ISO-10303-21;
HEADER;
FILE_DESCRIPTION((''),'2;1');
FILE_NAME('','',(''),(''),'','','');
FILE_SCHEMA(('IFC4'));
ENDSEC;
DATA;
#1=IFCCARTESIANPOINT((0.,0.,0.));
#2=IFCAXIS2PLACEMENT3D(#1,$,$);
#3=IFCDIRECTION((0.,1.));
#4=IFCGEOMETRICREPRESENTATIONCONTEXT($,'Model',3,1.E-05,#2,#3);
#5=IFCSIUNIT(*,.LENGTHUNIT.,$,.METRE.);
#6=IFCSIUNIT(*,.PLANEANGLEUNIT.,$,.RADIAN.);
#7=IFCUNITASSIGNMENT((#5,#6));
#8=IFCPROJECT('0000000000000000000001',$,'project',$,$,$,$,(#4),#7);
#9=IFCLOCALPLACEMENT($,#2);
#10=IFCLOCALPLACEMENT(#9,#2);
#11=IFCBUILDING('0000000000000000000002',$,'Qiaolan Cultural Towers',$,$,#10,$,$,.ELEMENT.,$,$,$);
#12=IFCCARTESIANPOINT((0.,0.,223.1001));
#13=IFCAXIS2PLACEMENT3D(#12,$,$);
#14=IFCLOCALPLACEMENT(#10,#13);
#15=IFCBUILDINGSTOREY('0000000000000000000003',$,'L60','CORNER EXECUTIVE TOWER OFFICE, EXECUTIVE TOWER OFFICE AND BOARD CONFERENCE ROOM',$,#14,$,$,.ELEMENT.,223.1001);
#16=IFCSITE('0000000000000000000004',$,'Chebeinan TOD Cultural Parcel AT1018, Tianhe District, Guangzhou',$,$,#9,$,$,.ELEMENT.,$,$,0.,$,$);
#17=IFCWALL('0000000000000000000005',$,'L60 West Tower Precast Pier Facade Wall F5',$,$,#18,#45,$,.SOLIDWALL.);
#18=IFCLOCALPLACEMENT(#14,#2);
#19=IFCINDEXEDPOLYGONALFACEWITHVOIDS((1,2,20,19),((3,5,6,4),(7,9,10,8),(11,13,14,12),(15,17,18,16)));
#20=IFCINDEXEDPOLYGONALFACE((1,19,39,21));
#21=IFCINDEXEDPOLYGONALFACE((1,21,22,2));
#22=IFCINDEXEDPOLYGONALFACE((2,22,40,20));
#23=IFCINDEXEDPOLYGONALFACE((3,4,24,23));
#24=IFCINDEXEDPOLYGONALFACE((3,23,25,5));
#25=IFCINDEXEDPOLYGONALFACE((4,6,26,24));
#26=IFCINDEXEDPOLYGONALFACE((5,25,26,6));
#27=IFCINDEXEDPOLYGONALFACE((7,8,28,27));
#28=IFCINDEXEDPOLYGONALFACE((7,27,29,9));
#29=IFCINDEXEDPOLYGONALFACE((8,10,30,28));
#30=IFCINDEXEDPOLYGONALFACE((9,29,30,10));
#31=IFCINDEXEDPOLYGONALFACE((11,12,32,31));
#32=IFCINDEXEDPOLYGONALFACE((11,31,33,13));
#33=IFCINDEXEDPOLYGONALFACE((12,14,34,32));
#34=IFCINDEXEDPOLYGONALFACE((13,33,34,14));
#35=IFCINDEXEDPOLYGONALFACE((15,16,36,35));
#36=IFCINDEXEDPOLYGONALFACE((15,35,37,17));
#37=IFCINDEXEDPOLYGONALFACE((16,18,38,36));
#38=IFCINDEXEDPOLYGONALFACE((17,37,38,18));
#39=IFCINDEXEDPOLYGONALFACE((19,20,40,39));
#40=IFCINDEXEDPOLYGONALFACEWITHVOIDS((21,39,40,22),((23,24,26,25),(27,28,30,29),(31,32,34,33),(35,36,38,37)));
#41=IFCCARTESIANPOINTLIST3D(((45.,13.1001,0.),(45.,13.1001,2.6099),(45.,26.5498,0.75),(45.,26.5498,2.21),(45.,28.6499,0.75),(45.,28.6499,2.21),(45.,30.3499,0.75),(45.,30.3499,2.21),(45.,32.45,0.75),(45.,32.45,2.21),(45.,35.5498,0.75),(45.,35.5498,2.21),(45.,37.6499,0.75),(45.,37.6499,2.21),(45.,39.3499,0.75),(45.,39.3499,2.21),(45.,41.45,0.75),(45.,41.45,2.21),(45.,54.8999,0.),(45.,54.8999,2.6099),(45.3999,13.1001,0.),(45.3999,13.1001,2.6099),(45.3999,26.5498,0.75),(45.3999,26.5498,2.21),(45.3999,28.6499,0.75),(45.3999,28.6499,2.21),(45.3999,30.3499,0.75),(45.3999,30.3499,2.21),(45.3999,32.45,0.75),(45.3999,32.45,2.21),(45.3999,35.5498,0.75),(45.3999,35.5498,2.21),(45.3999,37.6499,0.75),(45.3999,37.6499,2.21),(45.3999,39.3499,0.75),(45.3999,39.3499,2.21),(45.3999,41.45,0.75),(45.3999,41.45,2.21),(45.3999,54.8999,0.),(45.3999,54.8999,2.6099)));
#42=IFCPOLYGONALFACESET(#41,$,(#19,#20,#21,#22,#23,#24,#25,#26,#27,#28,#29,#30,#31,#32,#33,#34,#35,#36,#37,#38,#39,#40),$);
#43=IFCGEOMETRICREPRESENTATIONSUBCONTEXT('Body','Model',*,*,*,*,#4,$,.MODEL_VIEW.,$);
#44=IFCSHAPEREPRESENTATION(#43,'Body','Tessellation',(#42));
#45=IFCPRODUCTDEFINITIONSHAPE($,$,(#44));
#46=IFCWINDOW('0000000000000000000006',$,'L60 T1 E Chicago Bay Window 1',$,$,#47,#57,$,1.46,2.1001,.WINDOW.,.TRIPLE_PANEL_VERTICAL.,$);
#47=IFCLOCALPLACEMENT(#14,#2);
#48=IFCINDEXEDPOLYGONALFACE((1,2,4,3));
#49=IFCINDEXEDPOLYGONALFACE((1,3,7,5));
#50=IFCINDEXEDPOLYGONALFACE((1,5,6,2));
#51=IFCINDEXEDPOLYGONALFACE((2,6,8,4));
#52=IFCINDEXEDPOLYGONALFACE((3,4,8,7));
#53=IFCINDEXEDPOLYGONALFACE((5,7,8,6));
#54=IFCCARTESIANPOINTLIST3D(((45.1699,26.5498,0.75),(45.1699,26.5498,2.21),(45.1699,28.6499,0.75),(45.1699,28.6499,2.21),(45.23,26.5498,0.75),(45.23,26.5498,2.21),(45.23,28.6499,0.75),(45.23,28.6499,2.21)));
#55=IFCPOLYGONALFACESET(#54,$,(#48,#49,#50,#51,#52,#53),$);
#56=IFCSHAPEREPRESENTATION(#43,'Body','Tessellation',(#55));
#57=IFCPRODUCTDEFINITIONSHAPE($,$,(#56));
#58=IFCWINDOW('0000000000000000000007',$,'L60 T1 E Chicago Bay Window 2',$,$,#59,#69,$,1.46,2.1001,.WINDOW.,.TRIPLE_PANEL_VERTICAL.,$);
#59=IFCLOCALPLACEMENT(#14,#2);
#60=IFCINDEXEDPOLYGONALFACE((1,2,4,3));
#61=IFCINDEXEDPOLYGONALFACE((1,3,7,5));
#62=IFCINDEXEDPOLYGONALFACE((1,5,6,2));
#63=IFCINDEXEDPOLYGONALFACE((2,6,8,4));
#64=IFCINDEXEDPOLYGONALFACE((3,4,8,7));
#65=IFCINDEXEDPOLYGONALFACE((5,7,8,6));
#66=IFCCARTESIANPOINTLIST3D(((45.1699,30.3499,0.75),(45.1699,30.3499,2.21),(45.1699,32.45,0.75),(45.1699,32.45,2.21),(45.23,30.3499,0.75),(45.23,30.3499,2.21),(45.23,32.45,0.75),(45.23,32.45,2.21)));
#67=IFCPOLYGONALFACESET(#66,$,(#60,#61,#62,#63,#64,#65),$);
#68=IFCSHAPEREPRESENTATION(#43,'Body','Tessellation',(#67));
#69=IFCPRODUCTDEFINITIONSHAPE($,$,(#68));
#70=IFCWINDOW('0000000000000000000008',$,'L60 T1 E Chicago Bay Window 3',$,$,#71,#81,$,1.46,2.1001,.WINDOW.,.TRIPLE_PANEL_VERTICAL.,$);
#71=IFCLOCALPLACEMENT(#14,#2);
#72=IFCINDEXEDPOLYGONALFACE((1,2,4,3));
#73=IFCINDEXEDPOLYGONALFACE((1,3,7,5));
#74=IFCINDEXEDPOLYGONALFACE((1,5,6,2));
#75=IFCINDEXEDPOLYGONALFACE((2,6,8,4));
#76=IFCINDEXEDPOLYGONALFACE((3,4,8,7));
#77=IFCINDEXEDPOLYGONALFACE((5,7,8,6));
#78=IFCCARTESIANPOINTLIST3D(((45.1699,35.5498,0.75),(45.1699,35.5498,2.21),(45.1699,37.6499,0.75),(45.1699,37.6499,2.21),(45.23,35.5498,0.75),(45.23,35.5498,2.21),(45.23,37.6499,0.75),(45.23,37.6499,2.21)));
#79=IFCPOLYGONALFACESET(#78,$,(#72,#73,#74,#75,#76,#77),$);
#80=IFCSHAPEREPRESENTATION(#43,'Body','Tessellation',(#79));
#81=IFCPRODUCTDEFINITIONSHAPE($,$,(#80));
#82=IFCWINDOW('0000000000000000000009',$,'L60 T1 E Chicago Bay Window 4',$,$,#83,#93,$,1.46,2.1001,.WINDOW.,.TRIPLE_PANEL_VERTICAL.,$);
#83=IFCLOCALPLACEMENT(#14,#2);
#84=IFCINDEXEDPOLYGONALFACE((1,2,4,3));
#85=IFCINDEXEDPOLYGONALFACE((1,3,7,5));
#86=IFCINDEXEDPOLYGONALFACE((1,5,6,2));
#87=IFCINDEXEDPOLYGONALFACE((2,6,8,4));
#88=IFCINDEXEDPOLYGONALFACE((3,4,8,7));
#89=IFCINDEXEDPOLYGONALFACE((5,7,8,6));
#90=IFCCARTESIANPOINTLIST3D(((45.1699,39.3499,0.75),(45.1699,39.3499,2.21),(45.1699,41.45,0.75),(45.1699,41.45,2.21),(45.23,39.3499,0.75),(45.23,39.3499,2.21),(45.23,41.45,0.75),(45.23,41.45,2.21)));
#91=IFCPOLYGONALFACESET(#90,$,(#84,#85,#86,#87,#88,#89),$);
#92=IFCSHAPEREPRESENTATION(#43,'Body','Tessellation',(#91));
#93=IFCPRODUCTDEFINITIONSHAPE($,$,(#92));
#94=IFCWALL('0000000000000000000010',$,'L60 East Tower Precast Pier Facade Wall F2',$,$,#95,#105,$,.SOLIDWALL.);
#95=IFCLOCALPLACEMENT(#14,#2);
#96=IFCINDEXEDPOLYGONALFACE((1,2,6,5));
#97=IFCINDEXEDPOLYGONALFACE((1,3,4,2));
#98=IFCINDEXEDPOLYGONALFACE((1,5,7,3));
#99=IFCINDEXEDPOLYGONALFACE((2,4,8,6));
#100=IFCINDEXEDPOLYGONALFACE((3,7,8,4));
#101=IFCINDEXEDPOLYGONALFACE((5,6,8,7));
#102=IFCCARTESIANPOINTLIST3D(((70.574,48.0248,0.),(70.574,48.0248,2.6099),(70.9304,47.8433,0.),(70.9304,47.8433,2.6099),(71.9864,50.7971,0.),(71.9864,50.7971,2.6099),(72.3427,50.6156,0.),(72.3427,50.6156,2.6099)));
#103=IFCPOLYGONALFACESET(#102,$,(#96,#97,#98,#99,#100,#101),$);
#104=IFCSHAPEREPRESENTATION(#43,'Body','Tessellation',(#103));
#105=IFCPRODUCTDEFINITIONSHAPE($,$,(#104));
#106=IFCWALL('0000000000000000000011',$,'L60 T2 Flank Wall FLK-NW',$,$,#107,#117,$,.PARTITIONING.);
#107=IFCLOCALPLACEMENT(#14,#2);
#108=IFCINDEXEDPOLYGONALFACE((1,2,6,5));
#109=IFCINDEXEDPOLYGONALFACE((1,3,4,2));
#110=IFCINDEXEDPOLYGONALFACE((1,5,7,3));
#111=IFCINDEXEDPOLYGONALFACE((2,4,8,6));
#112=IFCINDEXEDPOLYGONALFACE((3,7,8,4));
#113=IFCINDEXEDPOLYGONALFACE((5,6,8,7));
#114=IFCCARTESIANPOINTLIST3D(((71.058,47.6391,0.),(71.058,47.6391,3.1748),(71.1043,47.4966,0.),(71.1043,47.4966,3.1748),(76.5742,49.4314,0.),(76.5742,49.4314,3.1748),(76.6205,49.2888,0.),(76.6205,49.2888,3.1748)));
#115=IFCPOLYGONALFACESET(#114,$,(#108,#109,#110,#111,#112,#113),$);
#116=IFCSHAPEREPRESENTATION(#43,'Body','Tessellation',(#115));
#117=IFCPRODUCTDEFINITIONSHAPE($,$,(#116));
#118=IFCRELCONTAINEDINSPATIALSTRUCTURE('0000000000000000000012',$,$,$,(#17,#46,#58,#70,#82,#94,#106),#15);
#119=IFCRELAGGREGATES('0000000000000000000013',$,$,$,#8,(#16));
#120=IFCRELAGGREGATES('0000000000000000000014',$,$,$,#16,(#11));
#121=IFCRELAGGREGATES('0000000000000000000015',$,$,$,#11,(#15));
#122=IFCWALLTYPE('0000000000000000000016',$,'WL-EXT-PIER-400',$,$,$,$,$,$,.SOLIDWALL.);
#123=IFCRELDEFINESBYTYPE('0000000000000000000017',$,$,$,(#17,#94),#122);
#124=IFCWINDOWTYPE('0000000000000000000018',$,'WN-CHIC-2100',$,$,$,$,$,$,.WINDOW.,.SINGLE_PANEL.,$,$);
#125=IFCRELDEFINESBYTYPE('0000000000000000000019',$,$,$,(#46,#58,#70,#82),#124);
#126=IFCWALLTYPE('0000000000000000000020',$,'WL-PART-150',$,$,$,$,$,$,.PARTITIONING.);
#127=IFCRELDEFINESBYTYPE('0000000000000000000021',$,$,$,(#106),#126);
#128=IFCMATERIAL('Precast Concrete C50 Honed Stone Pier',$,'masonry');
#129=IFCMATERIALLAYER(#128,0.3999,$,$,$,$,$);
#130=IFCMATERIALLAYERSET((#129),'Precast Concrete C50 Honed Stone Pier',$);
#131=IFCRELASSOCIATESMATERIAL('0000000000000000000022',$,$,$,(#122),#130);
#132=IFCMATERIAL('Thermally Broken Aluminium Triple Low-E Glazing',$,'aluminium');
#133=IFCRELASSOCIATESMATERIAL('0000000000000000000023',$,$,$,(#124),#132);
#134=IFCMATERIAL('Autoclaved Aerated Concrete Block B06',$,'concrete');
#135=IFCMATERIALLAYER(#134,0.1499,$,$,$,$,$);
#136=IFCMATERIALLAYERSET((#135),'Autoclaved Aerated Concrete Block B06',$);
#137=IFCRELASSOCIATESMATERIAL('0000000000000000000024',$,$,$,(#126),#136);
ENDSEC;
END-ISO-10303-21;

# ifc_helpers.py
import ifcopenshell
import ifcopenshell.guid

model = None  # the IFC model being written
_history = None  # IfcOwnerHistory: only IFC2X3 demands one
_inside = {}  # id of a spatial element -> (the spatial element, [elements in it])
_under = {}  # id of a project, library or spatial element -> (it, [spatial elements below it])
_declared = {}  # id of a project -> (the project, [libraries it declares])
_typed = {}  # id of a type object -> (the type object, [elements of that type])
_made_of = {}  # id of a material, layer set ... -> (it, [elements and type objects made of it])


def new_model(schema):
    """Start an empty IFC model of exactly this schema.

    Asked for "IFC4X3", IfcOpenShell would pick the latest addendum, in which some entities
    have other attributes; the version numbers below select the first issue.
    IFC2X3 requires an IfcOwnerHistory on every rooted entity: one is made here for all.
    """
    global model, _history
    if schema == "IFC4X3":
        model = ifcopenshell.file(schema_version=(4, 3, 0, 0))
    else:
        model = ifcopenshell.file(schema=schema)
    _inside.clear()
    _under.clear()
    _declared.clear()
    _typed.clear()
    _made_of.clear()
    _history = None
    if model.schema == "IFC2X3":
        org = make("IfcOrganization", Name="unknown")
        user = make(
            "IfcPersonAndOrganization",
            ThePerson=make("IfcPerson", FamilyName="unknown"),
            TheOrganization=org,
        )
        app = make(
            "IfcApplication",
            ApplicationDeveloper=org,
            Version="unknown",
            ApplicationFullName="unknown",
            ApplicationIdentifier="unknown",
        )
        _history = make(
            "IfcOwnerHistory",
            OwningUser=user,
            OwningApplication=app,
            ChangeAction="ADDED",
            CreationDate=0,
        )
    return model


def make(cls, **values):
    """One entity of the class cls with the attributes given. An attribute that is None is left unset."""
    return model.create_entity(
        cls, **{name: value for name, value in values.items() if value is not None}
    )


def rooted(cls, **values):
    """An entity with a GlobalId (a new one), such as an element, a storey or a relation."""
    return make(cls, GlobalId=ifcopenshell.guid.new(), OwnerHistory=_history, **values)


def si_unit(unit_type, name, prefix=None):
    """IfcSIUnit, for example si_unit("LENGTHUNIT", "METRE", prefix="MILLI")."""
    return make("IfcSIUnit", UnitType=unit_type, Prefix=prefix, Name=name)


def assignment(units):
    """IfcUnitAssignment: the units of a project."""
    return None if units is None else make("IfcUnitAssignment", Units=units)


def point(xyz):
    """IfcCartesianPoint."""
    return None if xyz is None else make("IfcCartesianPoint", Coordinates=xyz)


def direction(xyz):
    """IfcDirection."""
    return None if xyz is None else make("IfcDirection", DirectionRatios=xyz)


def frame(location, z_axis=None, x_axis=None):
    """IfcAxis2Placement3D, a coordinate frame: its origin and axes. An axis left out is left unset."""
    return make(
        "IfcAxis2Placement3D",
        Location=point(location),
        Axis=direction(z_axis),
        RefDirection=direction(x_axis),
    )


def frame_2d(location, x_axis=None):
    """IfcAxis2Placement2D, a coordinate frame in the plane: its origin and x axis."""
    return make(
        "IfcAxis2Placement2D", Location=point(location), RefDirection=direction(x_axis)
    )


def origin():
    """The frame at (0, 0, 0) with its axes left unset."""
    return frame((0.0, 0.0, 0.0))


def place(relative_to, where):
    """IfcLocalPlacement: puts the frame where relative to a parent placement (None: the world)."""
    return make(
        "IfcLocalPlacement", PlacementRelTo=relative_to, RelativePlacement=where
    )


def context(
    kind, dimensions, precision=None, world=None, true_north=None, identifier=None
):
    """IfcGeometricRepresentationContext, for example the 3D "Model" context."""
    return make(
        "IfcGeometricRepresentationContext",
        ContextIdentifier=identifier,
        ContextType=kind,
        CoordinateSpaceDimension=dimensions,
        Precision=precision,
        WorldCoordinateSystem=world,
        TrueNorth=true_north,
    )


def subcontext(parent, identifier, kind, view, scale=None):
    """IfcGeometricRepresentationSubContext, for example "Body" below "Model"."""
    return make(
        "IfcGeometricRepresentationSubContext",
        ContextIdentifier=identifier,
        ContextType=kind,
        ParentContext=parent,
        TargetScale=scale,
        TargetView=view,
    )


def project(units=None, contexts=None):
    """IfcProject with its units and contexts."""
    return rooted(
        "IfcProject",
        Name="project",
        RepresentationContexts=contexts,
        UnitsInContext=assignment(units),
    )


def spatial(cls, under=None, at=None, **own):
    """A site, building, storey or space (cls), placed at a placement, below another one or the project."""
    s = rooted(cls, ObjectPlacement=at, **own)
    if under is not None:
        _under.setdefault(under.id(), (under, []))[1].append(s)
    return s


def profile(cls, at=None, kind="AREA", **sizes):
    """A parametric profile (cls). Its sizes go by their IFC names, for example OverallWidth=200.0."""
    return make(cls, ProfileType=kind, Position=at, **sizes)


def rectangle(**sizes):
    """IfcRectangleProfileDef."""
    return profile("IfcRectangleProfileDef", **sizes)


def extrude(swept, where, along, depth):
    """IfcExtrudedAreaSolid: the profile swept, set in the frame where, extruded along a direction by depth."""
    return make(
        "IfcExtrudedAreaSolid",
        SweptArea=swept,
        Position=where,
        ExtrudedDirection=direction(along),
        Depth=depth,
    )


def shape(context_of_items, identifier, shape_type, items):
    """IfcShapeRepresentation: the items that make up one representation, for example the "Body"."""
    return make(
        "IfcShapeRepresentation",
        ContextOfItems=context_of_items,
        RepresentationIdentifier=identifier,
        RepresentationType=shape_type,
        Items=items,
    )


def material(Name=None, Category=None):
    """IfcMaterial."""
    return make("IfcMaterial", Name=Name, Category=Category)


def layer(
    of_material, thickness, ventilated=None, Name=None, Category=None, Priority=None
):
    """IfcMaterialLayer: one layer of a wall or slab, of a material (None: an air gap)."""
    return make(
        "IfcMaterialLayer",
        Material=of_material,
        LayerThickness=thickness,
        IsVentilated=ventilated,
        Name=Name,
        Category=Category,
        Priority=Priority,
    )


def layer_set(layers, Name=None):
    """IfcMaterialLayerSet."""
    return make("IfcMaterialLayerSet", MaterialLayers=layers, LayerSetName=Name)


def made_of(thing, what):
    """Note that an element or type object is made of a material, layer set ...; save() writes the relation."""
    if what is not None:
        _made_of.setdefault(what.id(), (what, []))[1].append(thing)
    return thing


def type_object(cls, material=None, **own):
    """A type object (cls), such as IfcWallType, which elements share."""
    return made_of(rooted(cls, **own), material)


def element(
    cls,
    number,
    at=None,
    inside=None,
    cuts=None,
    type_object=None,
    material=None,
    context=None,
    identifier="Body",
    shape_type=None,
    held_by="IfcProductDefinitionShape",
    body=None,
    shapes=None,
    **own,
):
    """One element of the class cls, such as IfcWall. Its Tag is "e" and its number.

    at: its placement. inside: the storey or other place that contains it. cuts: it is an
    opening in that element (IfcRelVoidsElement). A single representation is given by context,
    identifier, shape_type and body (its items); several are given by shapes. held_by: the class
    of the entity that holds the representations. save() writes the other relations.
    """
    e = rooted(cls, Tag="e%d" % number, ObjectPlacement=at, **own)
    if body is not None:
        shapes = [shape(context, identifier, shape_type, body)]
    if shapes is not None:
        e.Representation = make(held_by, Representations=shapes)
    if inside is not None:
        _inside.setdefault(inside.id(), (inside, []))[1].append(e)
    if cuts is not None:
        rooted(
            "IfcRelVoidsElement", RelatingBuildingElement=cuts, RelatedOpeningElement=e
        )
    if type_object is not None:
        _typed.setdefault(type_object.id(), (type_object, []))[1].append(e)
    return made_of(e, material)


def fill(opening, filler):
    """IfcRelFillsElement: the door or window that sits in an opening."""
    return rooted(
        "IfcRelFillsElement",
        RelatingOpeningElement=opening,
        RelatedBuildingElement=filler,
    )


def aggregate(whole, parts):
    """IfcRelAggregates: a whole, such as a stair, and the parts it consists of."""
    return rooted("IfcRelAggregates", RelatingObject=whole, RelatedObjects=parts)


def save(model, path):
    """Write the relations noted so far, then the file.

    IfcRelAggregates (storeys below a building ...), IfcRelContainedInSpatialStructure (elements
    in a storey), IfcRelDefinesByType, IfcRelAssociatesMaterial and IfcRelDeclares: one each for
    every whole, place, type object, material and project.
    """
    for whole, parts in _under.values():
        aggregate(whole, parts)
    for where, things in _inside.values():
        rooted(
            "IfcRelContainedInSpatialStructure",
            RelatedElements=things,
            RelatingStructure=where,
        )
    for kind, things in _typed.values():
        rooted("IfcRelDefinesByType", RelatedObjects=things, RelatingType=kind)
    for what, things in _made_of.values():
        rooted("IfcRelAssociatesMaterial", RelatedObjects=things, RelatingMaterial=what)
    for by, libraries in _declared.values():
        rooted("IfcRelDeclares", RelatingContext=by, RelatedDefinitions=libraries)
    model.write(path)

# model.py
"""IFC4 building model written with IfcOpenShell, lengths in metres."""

from ifc_helpers import new_model, si_unit, direction, frame, frame_2d, origin, place, context, subcontext, project, spatial, rectangle, extrude, material, layer, layer_set, type_object, element, fill, save


model = new_model("IFC4")

# Units and contexts
model_context = context("Model", 3, precision=1e-05, world=origin(), true_north=direction((0.0, 1.0)))
body_context = subcontext(model_context, "Body", "Model", "MODEL_VIEW")
ifc_project = project(units=[si_unit("LENGTHUNIT", "METRE"), si_unit("PLANEANGLEUNIT", "RADIAN")], contexts=[model_context])

# Site, building, storey
site_placement = place(None, origin())
site = spatial("IfcSite", under=ifc_project, at=site_placement, Name="Chebeinan TOD Cultural Parcel AT1018, Tianhe District, Guangzhou", CompositionType="ELEMENT", RefElevation=0.0)
building_placement = place(site_placement, origin())
building = spatial("IfcBuilding", under=site, at=building_placement, Name="Qiaolan Cultural Towers", CompositionType="ELEMENT")
storey_placement = place(building_placement, frame((0.0, 0.0, 223.1001)))
storey = spatial("IfcBuildingStorey", under=building, at=storey_placement, Name="L60", Description="CORNER EXECUTIVE TOWER OFFICE, EXECUTIVE TOWER OFFICE AND BOARD CONFERENCE ROOM", CompositionType="ELEMENT", Elevation=223.1001)

# Wall, openings, windows
ifc_material_1 = material(Name="Precast Concrete C50 Honed Stone Pier", Category="masonry")
ifc_layer_1 = layer(ifc_material_1, 0.3999)
ifc_layer_set_1 = layer_set([ifc_layer_1], Name="Precast Concrete C50 Honed Stone Pier")
wall_type_1 = type_object("IfcWallType", Name="WL-EXT-PIER-400", PredefinedType="SOLIDWALL", material=ifc_layer_set_1)
wall_1_placement = place(storey_placement, frame((45.2, 54.8999, 0.0), z_axis=(0.0, 0.0, 1.0), x_axis=(0.0, -1.0, 0.0)))
wall_1 = element("IfcWall", 1, at=wall_1_placement, inside=storey, type_object=wall_type_1, Name="L60 West Tower Precast Pier Facade Wall F5", PredefinedType="SOLIDWALL", context=body_context, shape_type="SweptSolid", body=[
    extrude(rectangle(XDim=41.7998, YDim=0.3999, at=frame_2d((20.8999, 0.0))), origin(), (0.0, 0.0, 1.0), 2.6099),
])
opening_1_placement = place(wall_1_placement, frame((26.25, 0.0, 0.75)))
opening_1 = element("IfcOpeningElement", 2, at=opening_1_placement, cuts=wall_1, PredefinedType="OPENING", context=body_context, shape_type="SweptSolid", body=[
    extrude(rectangle(XDim=2.1001, YDim=1.46, at=frame_2d((1.05, 0.73))), frame((0.0, 0.21, 0.0), z_axis=(0.0, -1.0, 0.0), x_axis=(1.0, 0.0, 0.0)), (0.0, 0.0, 1.0), 0.4199),
])
opening_2_placement = place(wall_1_placement, frame((22.45, 0.0, 0.75)))
opening_2 = element("IfcOpeningElement", 3, at=opening_2_placement, cuts=wall_1, PredefinedType="OPENING", context=body_context, shape_type="SweptSolid", body=[
    extrude(rectangle(XDim=2.1001, YDim=1.46, at=frame_2d((1.05, 0.73))), frame((0.0, 0.21, 0.0), z_axis=(0.0, -1.0, 0.0), x_axis=(1.0, 0.0, 0.0)), (0.0, 0.0, 1.0), 0.4199),
])
opening_3_placement = place(wall_1_placement, frame((17.25, 0.0, 0.75)))
opening_3 = element("IfcOpeningElement", 4, at=opening_3_placement, cuts=wall_1, PredefinedType="OPENING", context=body_context, shape_type="SweptSolid", body=[
    extrude(rectangle(XDim=2.1001, YDim=1.46, at=frame_2d((1.05, 0.73))), frame((0.0, 0.21, 0.0), z_axis=(0.0, -1.0, 0.0), x_axis=(1.0, 0.0, 0.0)), (0.0, 0.0, 1.0), 0.4199),
])
opening_4_placement = place(wall_1_placement, frame((13.45, 0.0, 0.75)))
opening_4 = element("IfcOpeningElement", 5, at=opening_4_placement, cuts=wall_1, PredefinedType="OPENING", context=body_context, shape_type="SweptSolid", body=[
    extrude(rectangle(XDim=2.1001, YDim=1.46, at=frame_2d((1.05, 0.73))), frame((0.0, 0.21, 0.0), z_axis=(0.0, -1.0, 0.0), x_axis=(1.0, 0.0, 0.0)), (0.0, 0.0, 1.0), 0.4199),
])
ifc_material_2 = material(Name="Thermally Broken Aluminium Triple Low-E Glazing", Category="aluminium")
window_type = type_object("IfcWindowType", Name="WN-CHIC-2100", PartitioningType="SINGLE_PANEL", PredefinedType="WINDOW", material=ifc_material_2)
window_1_placement = place(opening_1_placement, origin())
window_1 = element("IfcWindow", 6, at=window_1_placement, inside=storey, type_object=window_type, Name="L60 T1 E Chicago Bay Window 1", OverallHeight=1.46, OverallWidth=2.1001, PartitioningType="TRIPLE_PANEL_VERTICAL", PredefinedType="WINDOW", context=body_context, shape_type="SweptSolid", body=[
    extrude(rectangle(XDim=2.1001, YDim=1.46, at=frame_2d((1.05, 0.73))), frame((0.0, 0.03, 0.0), z_axis=(0.0, -1.0, 0.0), x_axis=(1.0, 0.0, 0.0)), (0.0, 0.0, 1.0), 0.0601),
])
fill(opening_1, window_1)
window_2_placement = place(opening_2_placement, origin())
window_2 = element("IfcWindow", 7, at=window_2_placement, inside=storey, type_object=window_type, Name="L60 T1 E Chicago Bay Window 2", OverallHeight=1.46, OverallWidth=2.1001, PartitioningType="TRIPLE_PANEL_VERTICAL", PredefinedType="WINDOW", context=body_context, shape_type="SweptSolid", body=[
    extrude(rectangle(XDim=2.1001, YDim=1.46, at=frame_2d((1.05, 0.73))), frame((0.0, 0.03, 0.0), z_axis=(0.0, -1.0, 0.0), x_axis=(1.0, 0.0, 0.0)), (0.0, 0.0, 1.0), 0.0601),
])
fill(opening_2, window_2)
window_3_placement = place(opening_3_placement, origin())
window_3 = element("IfcWindow", 8, at=window_3_placement, inside=storey, type_object=window_type, Name="L60 T1 E Chicago Bay Window 3", OverallHeight=1.46, OverallWidth=2.1001, PartitioningType="TRIPLE_PANEL_VERTICAL", PredefinedType="WINDOW", context=body_context, shape_type="SweptSolid", body=[
    extrude(rectangle(XDim=2.1001, YDim=1.46, at=frame_2d((1.05, 0.73))), frame((0.0, 0.03, 0.0), z_axis=(0.0, -1.0, 0.0), x_axis=(1.0, 0.0, 0.0)), (0.0, 0.0, 1.0), 0.0601),
])
fill(opening_3, window_3)
window_4_placement = place(opening_4_placement, origin())
window_4 = element("IfcWindow", 9, at=window_4_placement, inside=storey, type_object=window_type, Name="L60 T1 E Chicago Bay Window 4", OverallHeight=1.46, OverallWidth=2.1001, PartitioningType="TRIPLE_PANEL_VERTICAL", PredefinedType="WINDOW", context=body_context, shape_type="SweptSolid", body=[
    extrude(rectangle(XDim=2.1001, YDim=1.46, at=frame_2d((1.05, 0.73))), frame((0.0, 0.03, 0.0), z_axis=(0.0, -1.0, 0.0), x_axis=(1.0, 0.0, 0.0)), (0.0, 0.0, 1.0), 0.0601),
])
fill(opening_4, window_4)

# Walls
wall_2_placement = place(storey_placement, frame((70.7522, 47.9341, 0.0), z_axis=(0.0, 0.0, 1.0), x_axis=(0.453949, 0.891028, 0.0)))
element("IfcWall", 10, at=wall_2_placement, inside=storey, type_object=wall_type_1, Name="L60 East Tower Precast Pier Facade Wall F2", PredefinedType="SOLIDWALL", context=body_context, shape_type="SweptSolid", body=[
    extrude(rectangle(XDim=3.1113, YDim=0.3999, at=frame_2d((1.5557, 0.0))), origin(), (0.0, 0.0, 1.0), 2.6099),
])
ifc_material_3 = material(Name="Autoclaved Aerated Concrete Block B06", Category="concrete")
ifc_layer_2 = layer(ifc_material_3, 0.1499)
ifc_layer_set_2 = layer_set([ifc_layer_2], Name="Autoclaved Aerated Concrete Block B06")
wall_type_2 = type_object("IfcWallType", Name="WL-PART-150", PredefinedType="PARTITIONING", material=ifc_layer_set_2)
wall_3_placement = place(storey_placement, frame((71.0813, 47.5679, 0.0), z_axis=(0.0, 0.0, 1.0), x_axis=(0.951059, 0.309008, 0.0)))
element("IfcWall", 11, at=wall_3_placement, inside=storey, type_object=wall_type_2, Name="L60 T2 Flank Wall FLK-NW", PredefinedType="PARTITIONING", context=body_context, shape_type="SweptSolid", body=[
    extrude(rectangle(XDim=5.8, YDim=0.1499, at=frame_2d((2.8999, 0.0))), origin(), (0.0, 0.0, 1.0), 3.1748),
])

save(model, "model.ifc")
